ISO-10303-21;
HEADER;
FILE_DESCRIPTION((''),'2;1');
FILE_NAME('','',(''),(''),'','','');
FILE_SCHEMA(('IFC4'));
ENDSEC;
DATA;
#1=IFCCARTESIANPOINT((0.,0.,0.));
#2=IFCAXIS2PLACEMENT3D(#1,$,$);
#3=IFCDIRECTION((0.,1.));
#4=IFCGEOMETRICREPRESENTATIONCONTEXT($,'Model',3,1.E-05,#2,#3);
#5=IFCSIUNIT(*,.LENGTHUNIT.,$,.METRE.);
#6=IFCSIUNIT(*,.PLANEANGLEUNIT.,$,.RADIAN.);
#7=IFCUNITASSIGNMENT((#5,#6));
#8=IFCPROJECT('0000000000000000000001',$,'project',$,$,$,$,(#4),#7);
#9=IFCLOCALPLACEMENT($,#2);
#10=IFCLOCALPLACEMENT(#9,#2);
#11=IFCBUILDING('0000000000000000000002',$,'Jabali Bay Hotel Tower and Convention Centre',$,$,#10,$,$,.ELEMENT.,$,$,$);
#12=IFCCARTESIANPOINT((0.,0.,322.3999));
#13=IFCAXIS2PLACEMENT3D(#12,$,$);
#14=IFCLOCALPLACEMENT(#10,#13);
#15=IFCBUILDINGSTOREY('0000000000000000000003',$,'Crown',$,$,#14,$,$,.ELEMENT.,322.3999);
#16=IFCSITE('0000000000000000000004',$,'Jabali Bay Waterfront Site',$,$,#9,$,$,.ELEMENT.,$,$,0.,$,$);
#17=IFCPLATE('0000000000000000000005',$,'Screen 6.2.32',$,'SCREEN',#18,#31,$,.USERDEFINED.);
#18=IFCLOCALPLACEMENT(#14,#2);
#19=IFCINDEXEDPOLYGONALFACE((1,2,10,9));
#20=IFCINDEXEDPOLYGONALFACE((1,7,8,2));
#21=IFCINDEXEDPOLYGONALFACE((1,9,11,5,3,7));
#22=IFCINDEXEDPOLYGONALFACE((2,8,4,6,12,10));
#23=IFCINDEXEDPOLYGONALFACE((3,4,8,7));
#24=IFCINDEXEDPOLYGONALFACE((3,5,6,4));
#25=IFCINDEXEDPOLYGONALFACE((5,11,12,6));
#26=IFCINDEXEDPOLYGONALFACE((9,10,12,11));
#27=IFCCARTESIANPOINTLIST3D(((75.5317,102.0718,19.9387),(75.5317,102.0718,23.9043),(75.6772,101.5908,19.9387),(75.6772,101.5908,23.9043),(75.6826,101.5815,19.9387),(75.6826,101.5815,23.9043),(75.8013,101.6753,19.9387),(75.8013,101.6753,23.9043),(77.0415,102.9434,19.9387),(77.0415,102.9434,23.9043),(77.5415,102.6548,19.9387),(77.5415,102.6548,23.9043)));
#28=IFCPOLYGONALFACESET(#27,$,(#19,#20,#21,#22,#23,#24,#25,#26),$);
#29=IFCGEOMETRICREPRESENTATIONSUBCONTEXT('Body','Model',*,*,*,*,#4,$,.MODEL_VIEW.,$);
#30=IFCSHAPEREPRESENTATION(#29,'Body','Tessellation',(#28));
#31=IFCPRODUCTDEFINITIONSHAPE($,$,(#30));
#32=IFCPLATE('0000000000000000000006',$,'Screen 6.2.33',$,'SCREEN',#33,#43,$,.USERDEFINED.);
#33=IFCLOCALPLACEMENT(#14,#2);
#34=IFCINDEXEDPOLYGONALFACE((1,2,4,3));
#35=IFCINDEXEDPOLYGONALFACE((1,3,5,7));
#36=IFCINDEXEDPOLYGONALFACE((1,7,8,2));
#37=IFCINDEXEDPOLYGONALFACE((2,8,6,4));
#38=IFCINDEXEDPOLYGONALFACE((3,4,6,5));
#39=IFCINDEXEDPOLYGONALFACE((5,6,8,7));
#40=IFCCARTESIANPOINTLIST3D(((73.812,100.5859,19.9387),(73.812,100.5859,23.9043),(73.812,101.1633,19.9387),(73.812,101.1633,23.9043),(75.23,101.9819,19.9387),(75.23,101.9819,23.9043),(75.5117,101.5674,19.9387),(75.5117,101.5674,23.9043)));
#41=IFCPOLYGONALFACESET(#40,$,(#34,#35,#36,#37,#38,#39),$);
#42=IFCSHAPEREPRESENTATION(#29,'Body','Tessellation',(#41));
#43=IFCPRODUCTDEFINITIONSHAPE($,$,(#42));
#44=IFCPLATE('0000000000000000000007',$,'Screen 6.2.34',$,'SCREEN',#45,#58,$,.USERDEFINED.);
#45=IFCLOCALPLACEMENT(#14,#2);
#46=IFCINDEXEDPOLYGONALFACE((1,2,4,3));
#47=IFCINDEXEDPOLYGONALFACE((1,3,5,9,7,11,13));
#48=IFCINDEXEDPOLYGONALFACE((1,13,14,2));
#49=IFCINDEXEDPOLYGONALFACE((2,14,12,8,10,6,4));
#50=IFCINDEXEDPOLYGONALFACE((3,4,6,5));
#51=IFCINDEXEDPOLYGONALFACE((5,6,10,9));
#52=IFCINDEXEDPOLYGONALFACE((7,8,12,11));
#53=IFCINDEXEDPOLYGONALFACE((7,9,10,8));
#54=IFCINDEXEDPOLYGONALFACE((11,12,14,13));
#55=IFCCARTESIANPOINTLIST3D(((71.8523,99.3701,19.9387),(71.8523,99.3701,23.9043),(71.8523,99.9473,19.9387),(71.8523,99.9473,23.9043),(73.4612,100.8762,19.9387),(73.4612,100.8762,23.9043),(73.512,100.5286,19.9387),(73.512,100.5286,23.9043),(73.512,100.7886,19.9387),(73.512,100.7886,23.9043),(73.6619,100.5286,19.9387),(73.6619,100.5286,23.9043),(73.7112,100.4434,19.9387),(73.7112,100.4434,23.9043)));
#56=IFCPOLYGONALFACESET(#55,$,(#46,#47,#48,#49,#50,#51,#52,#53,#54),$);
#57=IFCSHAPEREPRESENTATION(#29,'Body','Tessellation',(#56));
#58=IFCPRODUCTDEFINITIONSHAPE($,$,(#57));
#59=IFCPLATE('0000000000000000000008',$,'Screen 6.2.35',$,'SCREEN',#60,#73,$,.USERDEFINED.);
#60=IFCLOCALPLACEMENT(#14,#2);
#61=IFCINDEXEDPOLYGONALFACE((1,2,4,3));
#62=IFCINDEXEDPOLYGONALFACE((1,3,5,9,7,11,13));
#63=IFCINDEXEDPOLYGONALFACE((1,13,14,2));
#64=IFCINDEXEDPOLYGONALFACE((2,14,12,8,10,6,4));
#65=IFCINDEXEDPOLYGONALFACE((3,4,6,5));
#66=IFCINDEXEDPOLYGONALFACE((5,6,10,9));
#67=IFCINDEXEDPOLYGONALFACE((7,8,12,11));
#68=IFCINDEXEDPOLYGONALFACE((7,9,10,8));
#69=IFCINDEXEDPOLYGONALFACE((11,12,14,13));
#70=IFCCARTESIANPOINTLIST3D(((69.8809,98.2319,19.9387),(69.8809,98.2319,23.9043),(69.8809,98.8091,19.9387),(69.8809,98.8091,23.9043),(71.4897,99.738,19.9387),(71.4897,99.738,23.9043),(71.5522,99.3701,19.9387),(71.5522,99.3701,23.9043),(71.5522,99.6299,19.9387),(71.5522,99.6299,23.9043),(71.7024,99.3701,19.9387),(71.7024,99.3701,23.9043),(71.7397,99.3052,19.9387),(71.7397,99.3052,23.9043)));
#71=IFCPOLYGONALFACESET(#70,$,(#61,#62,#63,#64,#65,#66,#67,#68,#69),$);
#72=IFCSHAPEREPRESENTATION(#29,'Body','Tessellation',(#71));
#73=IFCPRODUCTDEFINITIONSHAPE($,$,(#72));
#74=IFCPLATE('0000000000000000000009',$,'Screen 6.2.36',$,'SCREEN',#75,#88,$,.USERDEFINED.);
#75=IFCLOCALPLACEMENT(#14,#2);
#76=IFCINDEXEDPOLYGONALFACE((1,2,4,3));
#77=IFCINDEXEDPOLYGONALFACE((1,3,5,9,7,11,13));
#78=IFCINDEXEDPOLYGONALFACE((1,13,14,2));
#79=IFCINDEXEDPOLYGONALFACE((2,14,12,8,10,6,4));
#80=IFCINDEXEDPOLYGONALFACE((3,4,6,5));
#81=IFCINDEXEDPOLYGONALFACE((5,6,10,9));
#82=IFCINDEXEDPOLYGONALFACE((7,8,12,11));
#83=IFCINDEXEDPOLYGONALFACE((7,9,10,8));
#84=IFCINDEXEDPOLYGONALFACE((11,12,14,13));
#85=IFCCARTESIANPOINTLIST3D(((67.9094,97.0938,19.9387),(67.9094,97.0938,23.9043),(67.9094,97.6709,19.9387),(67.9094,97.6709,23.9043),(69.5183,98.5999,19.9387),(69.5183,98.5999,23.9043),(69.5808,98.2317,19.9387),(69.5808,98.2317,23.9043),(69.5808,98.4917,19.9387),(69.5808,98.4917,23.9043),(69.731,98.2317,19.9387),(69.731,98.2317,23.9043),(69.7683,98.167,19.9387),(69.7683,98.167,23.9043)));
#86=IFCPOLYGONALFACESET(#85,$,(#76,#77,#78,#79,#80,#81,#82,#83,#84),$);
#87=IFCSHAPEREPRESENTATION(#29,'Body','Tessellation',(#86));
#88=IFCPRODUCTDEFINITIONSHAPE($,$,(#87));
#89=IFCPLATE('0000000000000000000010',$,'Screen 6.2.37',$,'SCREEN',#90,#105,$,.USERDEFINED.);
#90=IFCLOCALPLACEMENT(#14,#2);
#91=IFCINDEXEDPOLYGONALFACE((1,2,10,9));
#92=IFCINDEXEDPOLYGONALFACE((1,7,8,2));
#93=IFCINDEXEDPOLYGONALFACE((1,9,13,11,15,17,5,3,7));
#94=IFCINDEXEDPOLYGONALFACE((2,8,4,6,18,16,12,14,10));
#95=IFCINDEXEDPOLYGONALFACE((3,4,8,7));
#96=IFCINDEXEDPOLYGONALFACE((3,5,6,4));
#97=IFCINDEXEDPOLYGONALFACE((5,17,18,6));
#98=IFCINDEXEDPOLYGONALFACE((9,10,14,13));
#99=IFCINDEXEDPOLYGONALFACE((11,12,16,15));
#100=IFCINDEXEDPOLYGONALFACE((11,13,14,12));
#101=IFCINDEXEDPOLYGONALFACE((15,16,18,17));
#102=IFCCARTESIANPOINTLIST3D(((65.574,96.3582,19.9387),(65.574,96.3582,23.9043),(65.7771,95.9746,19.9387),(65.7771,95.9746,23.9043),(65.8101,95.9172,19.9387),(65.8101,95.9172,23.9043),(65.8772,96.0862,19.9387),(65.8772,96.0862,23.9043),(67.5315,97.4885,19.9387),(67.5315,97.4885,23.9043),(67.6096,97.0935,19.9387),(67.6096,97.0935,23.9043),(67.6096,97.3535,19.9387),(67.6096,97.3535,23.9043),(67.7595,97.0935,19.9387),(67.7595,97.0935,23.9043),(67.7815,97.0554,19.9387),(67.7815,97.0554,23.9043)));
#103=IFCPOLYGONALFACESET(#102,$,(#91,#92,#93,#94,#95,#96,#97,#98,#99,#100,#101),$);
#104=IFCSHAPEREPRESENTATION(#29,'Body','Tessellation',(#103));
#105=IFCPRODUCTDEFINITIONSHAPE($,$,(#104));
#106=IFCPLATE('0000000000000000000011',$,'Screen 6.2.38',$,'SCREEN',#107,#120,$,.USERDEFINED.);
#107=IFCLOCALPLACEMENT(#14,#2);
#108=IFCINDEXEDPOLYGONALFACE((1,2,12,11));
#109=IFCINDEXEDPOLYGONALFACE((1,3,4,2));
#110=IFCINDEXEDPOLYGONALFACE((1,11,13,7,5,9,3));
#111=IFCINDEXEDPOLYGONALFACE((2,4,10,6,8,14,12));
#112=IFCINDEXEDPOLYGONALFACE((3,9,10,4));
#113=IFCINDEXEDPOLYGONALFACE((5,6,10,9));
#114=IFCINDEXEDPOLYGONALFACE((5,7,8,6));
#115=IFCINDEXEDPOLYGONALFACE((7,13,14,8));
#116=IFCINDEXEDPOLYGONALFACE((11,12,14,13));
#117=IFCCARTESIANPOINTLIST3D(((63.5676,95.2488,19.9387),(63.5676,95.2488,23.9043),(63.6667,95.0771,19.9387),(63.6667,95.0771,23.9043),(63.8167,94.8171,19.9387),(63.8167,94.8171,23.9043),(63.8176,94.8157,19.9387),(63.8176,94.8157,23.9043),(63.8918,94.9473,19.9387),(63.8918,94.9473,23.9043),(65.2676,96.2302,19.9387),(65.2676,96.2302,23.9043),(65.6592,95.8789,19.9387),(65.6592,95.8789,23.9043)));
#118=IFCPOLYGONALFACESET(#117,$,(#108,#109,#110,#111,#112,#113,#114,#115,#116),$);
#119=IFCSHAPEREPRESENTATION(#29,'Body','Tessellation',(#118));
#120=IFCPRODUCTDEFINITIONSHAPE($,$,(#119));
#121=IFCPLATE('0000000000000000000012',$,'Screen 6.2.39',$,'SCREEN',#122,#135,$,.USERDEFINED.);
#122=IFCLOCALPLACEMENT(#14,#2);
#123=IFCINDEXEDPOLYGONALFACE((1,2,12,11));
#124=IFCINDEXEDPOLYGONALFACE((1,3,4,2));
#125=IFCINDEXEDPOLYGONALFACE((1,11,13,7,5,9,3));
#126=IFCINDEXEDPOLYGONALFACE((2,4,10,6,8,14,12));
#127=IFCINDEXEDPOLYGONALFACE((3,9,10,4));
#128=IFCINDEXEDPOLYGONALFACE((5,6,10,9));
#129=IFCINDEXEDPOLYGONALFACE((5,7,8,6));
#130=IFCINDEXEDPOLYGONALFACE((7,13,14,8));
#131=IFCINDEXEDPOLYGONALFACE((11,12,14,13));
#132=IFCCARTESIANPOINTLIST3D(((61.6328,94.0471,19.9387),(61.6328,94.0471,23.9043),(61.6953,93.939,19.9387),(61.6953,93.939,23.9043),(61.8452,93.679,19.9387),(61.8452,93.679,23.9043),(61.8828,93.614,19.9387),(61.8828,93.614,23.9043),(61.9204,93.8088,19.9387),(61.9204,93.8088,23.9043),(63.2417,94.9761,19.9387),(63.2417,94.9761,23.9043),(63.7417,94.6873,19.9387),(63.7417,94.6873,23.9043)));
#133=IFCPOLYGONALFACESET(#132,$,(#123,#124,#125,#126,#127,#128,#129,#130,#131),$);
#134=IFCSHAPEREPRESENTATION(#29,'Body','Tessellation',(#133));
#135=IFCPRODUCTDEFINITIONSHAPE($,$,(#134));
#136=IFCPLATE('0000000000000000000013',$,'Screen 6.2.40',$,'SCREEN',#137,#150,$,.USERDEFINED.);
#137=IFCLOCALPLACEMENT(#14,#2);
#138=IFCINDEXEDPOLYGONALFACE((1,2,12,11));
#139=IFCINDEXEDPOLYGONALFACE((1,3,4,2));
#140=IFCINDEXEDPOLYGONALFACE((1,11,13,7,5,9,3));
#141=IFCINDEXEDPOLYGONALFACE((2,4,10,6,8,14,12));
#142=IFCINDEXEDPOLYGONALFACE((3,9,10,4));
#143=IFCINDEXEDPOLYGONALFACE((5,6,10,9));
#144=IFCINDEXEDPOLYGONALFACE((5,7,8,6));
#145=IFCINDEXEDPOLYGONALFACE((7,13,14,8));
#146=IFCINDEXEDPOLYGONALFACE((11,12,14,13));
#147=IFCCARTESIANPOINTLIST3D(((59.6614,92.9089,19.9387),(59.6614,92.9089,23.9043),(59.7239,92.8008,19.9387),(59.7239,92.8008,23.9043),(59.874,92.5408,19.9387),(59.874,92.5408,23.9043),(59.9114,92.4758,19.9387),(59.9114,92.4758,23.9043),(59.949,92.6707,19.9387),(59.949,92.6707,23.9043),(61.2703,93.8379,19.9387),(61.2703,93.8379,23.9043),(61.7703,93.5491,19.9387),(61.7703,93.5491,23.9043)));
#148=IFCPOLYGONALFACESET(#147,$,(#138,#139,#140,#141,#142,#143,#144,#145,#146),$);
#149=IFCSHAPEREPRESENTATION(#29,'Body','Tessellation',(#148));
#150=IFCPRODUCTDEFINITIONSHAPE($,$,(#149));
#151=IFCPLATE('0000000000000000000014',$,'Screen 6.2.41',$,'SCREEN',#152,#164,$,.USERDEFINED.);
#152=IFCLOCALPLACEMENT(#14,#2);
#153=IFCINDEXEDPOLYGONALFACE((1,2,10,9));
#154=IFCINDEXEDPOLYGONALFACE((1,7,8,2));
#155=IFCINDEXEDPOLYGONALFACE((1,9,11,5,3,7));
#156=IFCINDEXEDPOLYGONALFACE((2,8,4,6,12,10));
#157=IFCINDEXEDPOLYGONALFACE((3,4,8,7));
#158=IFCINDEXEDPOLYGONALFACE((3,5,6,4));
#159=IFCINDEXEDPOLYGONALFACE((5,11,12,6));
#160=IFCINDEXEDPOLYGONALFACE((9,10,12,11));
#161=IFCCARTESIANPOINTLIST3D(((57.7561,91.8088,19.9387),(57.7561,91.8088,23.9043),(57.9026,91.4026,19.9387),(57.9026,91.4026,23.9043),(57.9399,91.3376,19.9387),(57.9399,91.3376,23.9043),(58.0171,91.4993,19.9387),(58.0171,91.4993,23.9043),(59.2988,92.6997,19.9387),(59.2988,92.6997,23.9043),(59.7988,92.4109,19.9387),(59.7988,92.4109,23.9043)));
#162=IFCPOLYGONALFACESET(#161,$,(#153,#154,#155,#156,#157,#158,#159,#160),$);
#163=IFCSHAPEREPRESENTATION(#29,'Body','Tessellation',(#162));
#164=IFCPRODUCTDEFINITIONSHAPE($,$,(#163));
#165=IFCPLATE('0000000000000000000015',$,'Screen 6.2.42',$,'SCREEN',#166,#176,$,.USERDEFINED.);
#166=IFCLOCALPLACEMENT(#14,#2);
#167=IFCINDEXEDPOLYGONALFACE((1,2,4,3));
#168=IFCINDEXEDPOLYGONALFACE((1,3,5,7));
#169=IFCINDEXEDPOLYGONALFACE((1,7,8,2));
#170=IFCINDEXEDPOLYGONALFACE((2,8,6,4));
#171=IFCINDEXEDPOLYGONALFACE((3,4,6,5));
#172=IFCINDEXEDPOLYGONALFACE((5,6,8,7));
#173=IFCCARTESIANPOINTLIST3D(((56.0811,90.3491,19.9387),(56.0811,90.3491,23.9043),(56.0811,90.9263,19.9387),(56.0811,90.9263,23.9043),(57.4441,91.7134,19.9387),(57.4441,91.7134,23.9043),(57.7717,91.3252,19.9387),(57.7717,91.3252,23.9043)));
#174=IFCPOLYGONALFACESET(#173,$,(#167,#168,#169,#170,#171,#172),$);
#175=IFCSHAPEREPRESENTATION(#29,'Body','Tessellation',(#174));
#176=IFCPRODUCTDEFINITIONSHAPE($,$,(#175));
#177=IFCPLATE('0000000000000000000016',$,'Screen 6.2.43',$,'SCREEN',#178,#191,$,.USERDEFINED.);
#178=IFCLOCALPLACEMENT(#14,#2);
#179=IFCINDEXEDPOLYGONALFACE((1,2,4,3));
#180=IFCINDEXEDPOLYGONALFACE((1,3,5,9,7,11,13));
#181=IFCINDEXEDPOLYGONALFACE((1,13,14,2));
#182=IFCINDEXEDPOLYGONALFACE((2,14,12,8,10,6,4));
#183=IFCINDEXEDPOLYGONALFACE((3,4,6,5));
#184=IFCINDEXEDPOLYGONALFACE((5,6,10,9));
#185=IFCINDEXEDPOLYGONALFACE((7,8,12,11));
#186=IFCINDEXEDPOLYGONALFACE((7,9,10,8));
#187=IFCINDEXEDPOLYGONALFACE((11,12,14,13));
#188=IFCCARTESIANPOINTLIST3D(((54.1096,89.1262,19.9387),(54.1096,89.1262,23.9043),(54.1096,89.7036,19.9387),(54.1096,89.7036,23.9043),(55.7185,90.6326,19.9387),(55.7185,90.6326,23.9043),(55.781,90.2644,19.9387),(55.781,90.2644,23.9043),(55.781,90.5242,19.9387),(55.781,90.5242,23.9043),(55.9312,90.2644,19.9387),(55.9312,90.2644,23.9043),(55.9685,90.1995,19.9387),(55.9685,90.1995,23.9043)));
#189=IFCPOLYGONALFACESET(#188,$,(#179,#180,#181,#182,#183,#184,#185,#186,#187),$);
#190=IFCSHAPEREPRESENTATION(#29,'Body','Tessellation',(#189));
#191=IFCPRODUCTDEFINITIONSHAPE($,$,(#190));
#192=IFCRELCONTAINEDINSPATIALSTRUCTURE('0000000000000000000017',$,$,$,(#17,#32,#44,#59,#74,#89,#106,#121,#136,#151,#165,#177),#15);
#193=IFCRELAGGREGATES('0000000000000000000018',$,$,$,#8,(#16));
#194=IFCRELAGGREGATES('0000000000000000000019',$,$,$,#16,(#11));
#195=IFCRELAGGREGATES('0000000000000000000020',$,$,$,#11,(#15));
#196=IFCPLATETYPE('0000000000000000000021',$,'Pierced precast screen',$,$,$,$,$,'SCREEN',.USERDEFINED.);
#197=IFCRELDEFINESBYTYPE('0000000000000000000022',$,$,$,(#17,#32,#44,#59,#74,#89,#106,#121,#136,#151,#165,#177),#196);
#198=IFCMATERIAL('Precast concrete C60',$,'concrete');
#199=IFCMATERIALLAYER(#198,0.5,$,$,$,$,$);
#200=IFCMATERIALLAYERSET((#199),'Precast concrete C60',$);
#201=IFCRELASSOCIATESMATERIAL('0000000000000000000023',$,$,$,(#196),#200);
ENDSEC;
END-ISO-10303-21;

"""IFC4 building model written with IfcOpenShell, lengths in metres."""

from ifc_helpers import new_model, si_unit, direction, frame, origin, place, context, subcontext, project, spatial, polyline, outline, extrude, material, layer, layer_set, type_object, element, save


model = new_model("IFC4")

# Units and contexts
model_context = context("Model", 3, precision=1e-05, world=origin(), true_north=direction((0.0, 1.0)))
body_context = subcontext(model_context, "Body", "Model", "MODEL_VIEW")
ifc_project = project(units=[si_unit("LENGTHUNIT", "METRE"), si_unit("PLANEANGLEUNIT", "RADIAN")], contexts=[model_context])

# Site, building, storey
site_placement = place(None, origin())
site = spatial("IfcSite", under=ifc_project, at=site_placement, Name="Jabali Bay Waterfront Site", CompositionType="ELEMENT", RefElevation=0.0)
building_placement = place(site_placement, origin())
building = spatial("IfcBuilding", under=site, at=building_placement, Name="Jabali Bay Hotel Tower and Convention Centre", CompositionType="ELEMENT")
storey_placement = place(building_placement, frame((0.0, 0.0, 322.3999)))
storey = spatial("IfcBuildingStorey", under=building, at=storey_placement, Name="Crown", CompositionType="ELEMENT", Elevation=322.3999)

# Plates
ifc_material = material(Name="Precast concrete C60", Category="concrete")
ifc_layer = layer(ifc_material, 0.5)
ifc_layer_set = layer_set([ifc_layer], Name="Precast concrete C60")
plate_type = type_object("IfcPlateType", Name="Pierced precast screen", ElementType="SCREEN", PredefinedType="USERDEFINED", material=ifc_layer_set)
plate_1_placement = place(storey_placement, frame((0.0, 0.0, 19.9387)))
element("IfcPlate", 1, at=plate_1_placement, inside=storey, type_object=plate_type, Name="Screen 6.2.32", ObjectType="SCREEN", PredefinedType="USERDEFINED", context=body_context, shape_type="SweptSolid", body=[
    extrude(outline(polyline([(75.6826, 101.5815), (77.5415, 102.6548), (77.0415, 102.9434), (75.5317, 102.0718), (75.8013, 101.6753), (75.6772, 101.5908), (75.6826, 101.5815)])), origin(), (0.0, 0.0, 1.0), 3.9656),
])
plate_2_placement = place(storey_placement, frame((0.0, 0.0, 19.9387)))
element("IfcPlate", 2, at=plate_2_placement, inside=storey, type_object=plate_type, Name="Screen 6.2.33", ObjectType="SCREEN", PredefinedType="USERDEFINED", context=body_context, shape_type="SweptSolid", body=[
    extrude(outline(polyline([(73.812, 100.5859), (75.5117, 101.5674), (75.23, 101.9819), (73.812, 101.1633), (73.812, 100.5859)])), origin(), (0.0, 0.0, 1.0), 3.9656),
])
plate_3_placement = place(storey_placement, frame((0.0, 0.0, 19.9387)))
element("IfcPlate", 3, at=plate_3_placement, inside=storey, type_object=plate_type, Name="Screen 6.2.34", ObjectType="SCREEN", PredefinedType="USERDEFINED", context=body_context, shape_type="SweptSolid", body=[
    extrude(outline(polyline([(71.8523, 99.3701), (73.7112, 100.4434), (73.6619, 100.5286), (73.512, 100.5286), (73.512, 100.7886), (73.4612, 100.8762), (71.8523, 99.9473), (71.8523, 99.3701)])), origin(), (0.0, 0.0, 1.0), 3.9656),
])
plate_4_placement = place(storey_placement, frame((0.0, 0.0, 19.9387)))
element("IfcPlate", 4, at=plate_4_placement, inside=storey, type_object=plate_type, Name="Screen 6.2.35", ObjectType="SCREEN", PredefinedType="USERDEFINED", context=body_context, shape_type="SweptSolid", body=[
    extrude(outline(polyline([(69.8809, 98.2319), (71.7397, 99.3052), (71.7024, 99.3701), (71.5522, 99.3701), (71.5522, 99.6299), (71.4897, 99.738), (69.8809, 98.8091), (69.8809, 98.2319)])), origin(), (0.0, 0.0, 1.0), 3.9656),
])
plate_5_placement = place(storey_placement, frame((0.0, 0.0, 19.9387)))
element("IfcPlate", 5, at=plate_5_placement, inside=storey, type_object=plate_type, Name="Screen 6.2.36", ObjectType="SCREEN", PredefinedType="USERDEFINED", context=body_context, shape_type="SweptSolid", body=[
    extrude(outline(polyline([(67.9094, 97.0938), (69.7683, 98.167), (69.731, 98.2317), (69.5808, 98.2317), (69.5808, 98.4917), (69.5183, 98.5999), (67.9094, 97.6709), (67.9094, 97.0938)])), origin(), (0.0, 0.0, 1.0), 3.9656),
])
plate_6_placement = place(storey_placement, frame((0.0, 0.0, 19.9387)))
element("IfcPlate", 6, at=plate_6_placement, inside=storey, type_object=plate_type, Name="Screen 6.2.37", ObjectType="SCREEN", PredefinedType="USERDEFINED", context=body_context, shape_type="SweptSolid", body=[
    extrude(outline(polyline([(65.8101, 95.9172), (67.7815, 97.0554), (67.7595, 97.0935), (67.6096, 97.0935), (67.6096, 97.3535), (67.5315, 97.4885), (65.574, 96.3582), (65.8772, 96.0862), (65.7771, 95.9746), (65.8101, 95.9172)])), origin(), (0.0, 0.0, 1.0), 3.9656),
])
plate_7_placement = place(storey_placement, frame((0.0, 0.0, 19.9387)))
element("IfcPlate", 7, at=plate_7_placement, inside=storey, type_object=plate_type, Name="Screen 6.2.38", ObjectType="SCREEN", PredefinedType="USERDEFINED", context=body_context, shape_type="SweptSolid", body=[
    extrude(outline(polyline([(63.8176, 94.8157), (65.6592, 95.8789), (65.2676, 96.2302), (63.5676, 95.2488), (63.6667, 95.0771), (63.8918, 94.9473), (63.8167, 94.8171), (63.8176, 94.8157)])), origin(), (0.0, 0.0, 1.0), 3.9656),
])
plate_8_placement = place(storey_placement, frame((0.0, 0.0, 19.9387)))
element("IfcPlate", 8, at=plate_8_placement, inside=storey, type_object=plate_type, Name="Screen 6.2.39", ObjectType="SCREEN", PredefinedType="USERDEFINED", context=body_context, shape_type="SweptSolid", body=[
    extrude(outline(polyline([(61.8828, 93.614), (63.7417, 94.6873), (63.2417, 94.9761), (61.6328, 94.0471), (61.6953, 93.939), (61.9204, 93.8088), (61.8452, 93.679), (61.8828, 93.614)])), origin(), (0.0, 0.0, 1.0), 3.9656),
])
plate_9_placement = place(storey_placement, frame((0.0, 0.0, 19.9387)))
element("IfcPlate", 9, at=plate_9_placement, inside=storey, type_object=plate_type, Name="Screen 6.2.40", ObjectType="SCREEN", PredefinedType="USERDEFINED", context=body_context, shape_type="SweptSolid", body=[
    extrude(outline(polyline([(59.9114, 92.4758), (61.7703, 93.5491), (61.2703, 93.8379), (59.6614, 92.9089), (59.7239, 92.8008), (59.949, 92.6707), (59.874, 92.5408), (59.9114, 92.4758)])), origin(), (0.0, 0.0, 1.0), 3.9656),
])
plate_10_placement = place(storey_placement, frame((0.0, 0.0, 19.9387)))
element("IfcPlate", 10, at=plate_10_placement, inside=storey, type_object=plate_type, Name="Screen 6.2.41", ObjectType="SCREEN", PredefinedType="USERDEFINED", context=body_context, shape_type="SweptSolid", body=[
    extrude(outline(polyline([(57.9399, 91.3376), (59.7988, 92.4109), (59.2988, 92.6997), (57.7561, 91.8088), (58.0171, 91.4993), (57.9026, 91.4026), (57.9399, 91.3376)])), origin(), (0.0, 0.0, 1.0), 3.9656),
])
plate_11_placement = place(storey_placement, frame((0.0, 0.0, 19.9387)))
element("IfcPlate", 11, at=plate_11_placement, inside=storey, type_object=plate_type, Name="Screen 6.2.42", ObjectType="SCREEN", PredefinedType="USERDEFINED", context=body_context, shape_type="SweptSolid", body=[
    extrude(outline(polyline([(56.0811, 90.3491), (57.7717, 91.3252), (57.4441, 91.7134), (56.0811, 90.9263), (56.0811, 90.3491)])), origin(), (0.0, 0.0, 1.0), 3.9656),
])
plate_12_placement = place(storey_placement, frame((0.0, 0.0, 19.9387)))
element("IfcPlate", 12, at=plate_12_placement, inside=storey, type_object=plate_type, Name="Screen 6.2.43", ObjectType="SCREEN", PredefinedType="USERDEFINED", context=body_context, shape_type="SweptSolid", body=[
    extrude(outline(polyline([(54.1096, 89.1262), (55.9685, 90.1995), (55.9312, 90.2644), (55.781, 90.2644), (55.781, 90.5242), (55.7185, 90.6326), (54.1096, 89.7036), (54.1096, 89.1262)])), origin(), (0.0, 0.0, 1.0), 3.9656),
])

save(model, "model.ifc")
